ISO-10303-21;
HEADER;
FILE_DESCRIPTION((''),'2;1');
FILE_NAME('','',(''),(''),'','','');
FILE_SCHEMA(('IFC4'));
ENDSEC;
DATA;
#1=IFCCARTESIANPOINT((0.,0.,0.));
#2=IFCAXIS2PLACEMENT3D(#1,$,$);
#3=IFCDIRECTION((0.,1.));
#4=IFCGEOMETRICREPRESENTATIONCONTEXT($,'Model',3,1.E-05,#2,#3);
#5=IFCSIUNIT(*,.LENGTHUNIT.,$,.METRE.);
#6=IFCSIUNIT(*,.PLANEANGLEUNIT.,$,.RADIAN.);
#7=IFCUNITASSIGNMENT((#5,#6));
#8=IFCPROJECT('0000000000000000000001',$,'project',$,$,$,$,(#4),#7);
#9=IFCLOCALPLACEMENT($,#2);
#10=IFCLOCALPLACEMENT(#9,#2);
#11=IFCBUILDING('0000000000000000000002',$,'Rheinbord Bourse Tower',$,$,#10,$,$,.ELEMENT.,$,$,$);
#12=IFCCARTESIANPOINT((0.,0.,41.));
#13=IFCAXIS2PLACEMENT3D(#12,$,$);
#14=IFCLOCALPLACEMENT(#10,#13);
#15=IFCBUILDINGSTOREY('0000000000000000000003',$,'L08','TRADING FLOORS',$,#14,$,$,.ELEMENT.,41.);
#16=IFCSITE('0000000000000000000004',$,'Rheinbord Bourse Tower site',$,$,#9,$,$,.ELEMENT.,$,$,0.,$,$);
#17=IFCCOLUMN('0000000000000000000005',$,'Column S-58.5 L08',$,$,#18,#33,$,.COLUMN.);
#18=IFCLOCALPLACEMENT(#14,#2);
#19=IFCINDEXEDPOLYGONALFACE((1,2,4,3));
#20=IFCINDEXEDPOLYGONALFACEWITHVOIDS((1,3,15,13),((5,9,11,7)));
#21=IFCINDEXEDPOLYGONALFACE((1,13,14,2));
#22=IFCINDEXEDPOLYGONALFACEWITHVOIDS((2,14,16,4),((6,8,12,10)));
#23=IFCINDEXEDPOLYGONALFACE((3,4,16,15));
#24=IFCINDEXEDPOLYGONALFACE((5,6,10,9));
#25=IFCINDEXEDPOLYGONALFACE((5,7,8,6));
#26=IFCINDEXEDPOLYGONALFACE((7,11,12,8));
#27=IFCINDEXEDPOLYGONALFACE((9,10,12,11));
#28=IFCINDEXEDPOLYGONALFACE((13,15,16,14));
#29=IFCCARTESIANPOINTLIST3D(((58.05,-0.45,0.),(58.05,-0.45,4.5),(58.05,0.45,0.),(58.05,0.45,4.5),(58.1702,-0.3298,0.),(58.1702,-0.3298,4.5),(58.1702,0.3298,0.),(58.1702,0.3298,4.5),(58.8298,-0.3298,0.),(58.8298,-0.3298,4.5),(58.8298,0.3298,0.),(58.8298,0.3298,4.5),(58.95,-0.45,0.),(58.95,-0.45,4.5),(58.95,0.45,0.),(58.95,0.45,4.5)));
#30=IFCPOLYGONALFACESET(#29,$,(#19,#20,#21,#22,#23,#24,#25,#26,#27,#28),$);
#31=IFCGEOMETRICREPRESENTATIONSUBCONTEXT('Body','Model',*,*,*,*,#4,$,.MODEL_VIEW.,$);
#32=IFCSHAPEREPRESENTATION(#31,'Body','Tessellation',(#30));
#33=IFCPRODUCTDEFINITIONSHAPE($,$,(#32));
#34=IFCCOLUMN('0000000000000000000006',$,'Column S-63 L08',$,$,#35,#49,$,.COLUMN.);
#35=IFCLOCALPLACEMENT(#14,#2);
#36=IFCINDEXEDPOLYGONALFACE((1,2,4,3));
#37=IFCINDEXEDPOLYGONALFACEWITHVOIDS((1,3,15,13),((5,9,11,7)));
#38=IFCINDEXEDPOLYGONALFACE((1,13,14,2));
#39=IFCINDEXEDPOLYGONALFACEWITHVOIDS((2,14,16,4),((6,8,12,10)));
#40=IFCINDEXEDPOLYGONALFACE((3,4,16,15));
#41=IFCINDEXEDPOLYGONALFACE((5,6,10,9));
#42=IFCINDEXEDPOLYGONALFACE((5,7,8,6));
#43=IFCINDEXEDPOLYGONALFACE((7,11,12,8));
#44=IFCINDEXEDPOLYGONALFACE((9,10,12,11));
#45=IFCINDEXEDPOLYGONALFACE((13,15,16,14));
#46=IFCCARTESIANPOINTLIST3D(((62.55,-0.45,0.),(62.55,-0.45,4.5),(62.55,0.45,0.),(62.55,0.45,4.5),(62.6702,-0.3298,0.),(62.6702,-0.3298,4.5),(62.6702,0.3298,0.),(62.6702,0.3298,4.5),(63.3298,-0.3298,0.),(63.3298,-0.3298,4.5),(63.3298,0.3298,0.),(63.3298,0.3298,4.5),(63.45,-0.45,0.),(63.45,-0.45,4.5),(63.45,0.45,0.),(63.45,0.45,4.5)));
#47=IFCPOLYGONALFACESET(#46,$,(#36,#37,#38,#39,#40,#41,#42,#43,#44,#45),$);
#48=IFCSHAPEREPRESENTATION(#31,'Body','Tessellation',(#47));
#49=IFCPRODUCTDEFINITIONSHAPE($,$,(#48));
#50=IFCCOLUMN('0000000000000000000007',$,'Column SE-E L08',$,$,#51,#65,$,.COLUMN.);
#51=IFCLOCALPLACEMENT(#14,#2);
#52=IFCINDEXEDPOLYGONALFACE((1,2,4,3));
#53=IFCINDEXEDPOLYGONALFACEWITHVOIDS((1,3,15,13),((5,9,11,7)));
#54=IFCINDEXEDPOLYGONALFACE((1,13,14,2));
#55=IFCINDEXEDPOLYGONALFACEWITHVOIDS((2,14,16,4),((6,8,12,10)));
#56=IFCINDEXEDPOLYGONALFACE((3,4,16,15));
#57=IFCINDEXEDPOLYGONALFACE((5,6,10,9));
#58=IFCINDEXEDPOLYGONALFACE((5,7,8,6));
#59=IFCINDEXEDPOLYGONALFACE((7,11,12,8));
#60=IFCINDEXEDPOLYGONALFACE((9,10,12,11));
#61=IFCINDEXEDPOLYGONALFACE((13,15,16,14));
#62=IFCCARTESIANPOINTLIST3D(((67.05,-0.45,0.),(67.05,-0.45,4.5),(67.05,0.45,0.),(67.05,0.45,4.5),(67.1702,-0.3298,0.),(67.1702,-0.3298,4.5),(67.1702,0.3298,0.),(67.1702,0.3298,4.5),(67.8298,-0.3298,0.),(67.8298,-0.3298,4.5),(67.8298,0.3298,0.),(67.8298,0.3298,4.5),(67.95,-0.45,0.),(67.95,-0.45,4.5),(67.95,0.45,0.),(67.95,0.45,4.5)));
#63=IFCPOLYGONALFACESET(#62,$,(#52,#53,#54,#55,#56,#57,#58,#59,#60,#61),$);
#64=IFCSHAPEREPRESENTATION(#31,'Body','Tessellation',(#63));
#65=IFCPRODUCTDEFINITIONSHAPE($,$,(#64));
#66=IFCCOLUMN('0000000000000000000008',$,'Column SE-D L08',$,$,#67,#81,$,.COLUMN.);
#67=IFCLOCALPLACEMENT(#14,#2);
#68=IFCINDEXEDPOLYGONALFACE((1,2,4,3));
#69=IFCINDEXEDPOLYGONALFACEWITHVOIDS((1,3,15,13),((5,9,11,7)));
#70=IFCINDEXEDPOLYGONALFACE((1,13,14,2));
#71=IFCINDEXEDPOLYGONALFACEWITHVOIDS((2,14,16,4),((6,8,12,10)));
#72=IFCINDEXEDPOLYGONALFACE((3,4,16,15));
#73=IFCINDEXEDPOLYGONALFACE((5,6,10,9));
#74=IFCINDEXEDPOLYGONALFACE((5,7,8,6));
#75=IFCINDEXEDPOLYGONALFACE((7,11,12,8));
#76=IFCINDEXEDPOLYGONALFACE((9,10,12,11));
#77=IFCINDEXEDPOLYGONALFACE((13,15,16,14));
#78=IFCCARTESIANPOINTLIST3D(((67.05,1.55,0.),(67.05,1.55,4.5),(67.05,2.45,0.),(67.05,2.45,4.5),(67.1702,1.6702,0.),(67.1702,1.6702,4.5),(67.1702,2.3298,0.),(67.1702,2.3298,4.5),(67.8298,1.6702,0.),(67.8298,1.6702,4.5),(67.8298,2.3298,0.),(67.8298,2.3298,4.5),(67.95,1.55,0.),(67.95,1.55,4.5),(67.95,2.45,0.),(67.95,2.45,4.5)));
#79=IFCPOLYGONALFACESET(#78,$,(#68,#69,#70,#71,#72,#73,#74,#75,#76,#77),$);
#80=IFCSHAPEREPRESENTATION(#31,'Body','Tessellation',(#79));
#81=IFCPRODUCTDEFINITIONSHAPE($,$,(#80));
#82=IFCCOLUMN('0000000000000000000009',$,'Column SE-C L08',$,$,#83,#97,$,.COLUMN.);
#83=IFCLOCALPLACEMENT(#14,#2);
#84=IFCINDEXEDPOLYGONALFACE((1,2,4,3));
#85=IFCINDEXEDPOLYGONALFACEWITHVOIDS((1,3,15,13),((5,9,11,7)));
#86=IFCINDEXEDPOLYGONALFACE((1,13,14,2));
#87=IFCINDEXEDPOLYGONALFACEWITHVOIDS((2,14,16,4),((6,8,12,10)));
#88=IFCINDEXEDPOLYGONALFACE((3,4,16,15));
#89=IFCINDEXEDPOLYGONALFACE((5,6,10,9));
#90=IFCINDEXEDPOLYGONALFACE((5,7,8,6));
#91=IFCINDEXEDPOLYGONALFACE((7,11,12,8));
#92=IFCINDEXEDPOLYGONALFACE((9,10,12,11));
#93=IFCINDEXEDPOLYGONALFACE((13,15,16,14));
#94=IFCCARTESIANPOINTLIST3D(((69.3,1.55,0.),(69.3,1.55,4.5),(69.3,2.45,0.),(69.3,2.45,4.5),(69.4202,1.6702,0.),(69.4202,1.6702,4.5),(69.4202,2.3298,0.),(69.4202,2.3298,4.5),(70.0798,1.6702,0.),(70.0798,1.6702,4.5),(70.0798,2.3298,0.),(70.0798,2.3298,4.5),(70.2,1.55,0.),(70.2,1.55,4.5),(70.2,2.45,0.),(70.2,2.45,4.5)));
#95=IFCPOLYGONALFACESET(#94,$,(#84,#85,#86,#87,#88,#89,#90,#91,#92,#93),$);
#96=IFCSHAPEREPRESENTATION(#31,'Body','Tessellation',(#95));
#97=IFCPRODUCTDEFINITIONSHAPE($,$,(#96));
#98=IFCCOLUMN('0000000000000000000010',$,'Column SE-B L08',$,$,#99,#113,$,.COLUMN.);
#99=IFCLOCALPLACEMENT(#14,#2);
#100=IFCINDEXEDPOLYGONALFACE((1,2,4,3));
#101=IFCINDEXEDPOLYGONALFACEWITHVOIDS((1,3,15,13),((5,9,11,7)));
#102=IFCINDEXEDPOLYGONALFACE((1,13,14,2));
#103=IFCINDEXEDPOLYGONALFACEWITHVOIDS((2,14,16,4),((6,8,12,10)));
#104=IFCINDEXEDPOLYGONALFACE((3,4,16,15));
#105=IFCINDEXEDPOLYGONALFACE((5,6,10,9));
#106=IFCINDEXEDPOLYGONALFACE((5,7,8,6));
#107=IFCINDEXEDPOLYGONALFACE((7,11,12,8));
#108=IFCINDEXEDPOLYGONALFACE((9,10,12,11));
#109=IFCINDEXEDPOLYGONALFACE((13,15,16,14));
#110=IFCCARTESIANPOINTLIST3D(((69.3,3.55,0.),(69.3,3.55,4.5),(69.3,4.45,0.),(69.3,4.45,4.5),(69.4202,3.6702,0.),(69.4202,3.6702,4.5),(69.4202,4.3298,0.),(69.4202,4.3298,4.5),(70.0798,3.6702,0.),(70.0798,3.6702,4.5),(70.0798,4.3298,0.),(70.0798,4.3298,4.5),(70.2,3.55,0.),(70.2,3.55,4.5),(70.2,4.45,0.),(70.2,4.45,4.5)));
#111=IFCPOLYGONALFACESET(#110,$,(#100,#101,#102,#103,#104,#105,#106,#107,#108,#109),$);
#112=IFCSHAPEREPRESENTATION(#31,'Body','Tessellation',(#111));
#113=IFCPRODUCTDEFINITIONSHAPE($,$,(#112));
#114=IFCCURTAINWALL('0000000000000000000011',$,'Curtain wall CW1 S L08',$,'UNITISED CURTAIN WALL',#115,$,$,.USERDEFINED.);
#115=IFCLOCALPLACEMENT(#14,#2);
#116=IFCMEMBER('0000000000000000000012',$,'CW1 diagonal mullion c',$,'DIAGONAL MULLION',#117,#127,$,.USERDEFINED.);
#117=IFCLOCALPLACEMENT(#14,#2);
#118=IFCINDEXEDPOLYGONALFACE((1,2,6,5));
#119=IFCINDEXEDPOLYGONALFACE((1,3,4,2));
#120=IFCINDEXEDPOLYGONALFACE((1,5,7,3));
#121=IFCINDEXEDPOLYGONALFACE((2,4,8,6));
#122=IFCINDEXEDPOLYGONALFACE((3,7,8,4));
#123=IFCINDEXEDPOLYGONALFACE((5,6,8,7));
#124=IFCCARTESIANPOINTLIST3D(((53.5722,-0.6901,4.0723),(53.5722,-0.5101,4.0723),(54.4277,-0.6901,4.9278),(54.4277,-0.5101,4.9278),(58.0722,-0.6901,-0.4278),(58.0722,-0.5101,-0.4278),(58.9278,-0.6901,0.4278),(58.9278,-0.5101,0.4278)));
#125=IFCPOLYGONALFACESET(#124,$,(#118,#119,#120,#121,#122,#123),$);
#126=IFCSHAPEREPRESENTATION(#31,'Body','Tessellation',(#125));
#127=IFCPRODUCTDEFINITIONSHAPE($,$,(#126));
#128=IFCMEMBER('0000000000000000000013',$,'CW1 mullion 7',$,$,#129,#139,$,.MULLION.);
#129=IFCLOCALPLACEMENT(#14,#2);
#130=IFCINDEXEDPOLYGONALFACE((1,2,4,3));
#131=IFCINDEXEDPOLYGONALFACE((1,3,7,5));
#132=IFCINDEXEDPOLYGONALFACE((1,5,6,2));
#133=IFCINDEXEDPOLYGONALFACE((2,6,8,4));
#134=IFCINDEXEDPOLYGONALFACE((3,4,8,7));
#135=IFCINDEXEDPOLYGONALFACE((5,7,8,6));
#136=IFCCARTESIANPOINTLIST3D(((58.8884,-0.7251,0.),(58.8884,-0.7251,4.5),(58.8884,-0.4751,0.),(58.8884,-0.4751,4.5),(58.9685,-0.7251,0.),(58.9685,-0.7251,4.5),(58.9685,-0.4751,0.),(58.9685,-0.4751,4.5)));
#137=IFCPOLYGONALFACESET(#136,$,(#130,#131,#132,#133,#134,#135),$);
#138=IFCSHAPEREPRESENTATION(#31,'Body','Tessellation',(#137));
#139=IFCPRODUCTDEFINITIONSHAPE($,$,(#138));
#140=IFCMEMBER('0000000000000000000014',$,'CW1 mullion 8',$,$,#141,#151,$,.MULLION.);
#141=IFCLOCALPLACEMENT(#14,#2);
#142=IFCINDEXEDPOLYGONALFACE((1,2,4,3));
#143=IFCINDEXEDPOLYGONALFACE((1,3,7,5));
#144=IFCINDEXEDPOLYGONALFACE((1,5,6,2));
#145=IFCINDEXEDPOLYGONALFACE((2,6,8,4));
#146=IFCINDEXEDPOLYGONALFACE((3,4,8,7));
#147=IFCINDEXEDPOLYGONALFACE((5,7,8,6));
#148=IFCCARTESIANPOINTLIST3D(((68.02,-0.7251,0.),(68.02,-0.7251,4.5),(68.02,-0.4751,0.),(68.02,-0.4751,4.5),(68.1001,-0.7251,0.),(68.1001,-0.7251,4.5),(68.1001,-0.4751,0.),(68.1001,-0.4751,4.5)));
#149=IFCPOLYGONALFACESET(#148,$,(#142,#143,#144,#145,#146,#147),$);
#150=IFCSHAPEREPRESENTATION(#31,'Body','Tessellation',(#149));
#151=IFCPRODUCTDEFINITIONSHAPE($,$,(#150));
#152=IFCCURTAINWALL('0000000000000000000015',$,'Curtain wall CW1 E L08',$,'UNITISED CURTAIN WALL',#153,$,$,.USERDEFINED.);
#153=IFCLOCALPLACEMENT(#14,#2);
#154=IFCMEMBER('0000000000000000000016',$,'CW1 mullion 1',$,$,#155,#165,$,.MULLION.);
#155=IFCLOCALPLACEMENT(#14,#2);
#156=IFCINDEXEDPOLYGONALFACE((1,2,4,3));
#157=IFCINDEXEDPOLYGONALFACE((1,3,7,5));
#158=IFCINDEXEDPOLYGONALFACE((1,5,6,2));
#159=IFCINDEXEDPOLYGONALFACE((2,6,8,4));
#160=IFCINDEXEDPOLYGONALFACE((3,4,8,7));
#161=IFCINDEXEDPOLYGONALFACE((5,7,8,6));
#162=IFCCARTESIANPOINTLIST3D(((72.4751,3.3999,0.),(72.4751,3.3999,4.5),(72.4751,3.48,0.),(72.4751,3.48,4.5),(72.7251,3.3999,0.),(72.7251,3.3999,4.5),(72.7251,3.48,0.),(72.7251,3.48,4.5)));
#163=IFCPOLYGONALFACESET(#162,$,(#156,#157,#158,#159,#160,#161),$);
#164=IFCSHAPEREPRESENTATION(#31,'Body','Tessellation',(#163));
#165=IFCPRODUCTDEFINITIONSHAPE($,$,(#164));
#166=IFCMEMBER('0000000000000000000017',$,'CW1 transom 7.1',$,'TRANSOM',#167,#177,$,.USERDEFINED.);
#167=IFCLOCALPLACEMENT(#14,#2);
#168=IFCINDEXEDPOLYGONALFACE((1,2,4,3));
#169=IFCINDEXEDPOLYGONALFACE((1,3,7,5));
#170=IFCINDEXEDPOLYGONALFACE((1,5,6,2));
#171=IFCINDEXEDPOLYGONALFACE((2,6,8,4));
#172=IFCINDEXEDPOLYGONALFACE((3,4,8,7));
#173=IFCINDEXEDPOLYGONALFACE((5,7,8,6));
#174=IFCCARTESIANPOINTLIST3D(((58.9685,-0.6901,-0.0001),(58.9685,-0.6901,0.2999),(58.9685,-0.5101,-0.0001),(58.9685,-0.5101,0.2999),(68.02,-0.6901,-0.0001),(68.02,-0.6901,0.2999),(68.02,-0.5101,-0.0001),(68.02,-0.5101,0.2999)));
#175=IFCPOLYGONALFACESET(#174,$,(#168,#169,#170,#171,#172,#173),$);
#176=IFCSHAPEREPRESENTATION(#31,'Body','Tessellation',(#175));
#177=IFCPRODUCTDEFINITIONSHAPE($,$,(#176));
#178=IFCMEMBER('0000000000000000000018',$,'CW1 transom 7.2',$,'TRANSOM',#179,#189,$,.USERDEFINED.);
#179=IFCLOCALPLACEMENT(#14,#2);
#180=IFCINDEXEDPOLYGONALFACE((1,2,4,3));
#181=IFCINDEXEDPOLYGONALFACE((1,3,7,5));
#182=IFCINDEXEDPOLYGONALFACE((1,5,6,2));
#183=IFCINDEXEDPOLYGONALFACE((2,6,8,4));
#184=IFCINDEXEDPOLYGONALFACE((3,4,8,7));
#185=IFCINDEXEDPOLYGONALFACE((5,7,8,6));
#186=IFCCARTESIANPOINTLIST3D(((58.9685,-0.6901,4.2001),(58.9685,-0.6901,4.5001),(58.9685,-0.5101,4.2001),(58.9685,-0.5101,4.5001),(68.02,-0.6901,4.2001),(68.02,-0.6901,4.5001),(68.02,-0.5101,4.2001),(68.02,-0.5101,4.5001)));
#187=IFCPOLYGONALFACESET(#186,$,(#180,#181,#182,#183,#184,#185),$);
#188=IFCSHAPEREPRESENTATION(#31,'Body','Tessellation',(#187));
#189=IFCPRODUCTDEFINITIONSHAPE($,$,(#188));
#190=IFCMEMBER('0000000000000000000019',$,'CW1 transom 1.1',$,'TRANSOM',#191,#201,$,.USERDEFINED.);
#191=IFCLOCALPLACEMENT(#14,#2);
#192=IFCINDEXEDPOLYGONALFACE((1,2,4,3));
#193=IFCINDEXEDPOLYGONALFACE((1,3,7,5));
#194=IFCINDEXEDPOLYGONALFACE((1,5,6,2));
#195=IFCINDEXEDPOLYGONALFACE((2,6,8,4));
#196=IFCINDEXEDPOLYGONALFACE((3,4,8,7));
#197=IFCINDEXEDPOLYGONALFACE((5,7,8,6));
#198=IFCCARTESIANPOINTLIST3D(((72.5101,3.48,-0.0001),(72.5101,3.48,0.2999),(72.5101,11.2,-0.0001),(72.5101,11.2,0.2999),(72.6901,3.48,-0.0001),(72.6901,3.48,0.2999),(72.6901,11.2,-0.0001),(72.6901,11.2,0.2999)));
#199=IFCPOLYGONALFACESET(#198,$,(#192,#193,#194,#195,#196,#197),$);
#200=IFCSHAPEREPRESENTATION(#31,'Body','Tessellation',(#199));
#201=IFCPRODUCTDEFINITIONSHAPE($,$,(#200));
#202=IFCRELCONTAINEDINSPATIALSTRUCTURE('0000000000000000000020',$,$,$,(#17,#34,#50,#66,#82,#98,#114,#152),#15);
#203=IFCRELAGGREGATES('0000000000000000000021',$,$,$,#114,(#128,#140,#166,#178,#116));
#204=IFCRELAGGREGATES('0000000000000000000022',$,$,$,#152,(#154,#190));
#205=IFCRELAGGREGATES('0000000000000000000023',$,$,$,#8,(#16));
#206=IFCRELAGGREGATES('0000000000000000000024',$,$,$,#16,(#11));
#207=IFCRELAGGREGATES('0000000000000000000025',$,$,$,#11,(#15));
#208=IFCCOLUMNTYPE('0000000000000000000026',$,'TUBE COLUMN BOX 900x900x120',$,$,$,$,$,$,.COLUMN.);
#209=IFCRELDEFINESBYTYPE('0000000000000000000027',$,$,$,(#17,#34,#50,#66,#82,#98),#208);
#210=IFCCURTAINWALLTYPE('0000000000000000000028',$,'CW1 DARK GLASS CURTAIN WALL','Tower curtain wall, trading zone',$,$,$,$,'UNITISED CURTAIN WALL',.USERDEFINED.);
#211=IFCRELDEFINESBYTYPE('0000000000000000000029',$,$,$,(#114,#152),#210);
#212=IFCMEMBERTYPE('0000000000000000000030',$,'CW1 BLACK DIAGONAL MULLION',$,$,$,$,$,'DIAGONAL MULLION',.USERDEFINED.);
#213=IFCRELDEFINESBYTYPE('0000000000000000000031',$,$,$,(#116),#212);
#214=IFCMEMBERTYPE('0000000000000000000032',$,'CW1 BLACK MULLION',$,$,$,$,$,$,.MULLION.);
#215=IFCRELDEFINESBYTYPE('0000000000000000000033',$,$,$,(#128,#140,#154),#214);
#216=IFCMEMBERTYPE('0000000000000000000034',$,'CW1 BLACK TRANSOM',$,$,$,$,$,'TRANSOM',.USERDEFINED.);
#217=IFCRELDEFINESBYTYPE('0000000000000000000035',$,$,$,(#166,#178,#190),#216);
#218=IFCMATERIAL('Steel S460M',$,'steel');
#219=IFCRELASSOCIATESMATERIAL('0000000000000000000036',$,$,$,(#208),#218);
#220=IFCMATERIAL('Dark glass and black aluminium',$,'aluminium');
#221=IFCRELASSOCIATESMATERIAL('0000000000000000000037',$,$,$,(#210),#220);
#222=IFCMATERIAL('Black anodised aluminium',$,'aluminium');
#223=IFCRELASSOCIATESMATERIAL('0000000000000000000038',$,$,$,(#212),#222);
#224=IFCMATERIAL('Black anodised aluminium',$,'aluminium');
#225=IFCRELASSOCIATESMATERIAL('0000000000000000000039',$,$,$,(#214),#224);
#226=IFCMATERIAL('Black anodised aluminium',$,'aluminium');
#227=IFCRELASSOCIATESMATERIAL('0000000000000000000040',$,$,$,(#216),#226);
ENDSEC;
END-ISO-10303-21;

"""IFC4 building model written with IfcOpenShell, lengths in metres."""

from ifc_helpers import new_model, si_unit, direction, frame, origin, origin_2d, place, context, subcontext, project, spatial, rectangle, hollow_rectangle, extrude, material, material_profile, profile_set, type_object, element, aggregate, save


model = new_model("IFC4")

# Units and contexts
model_context = context("Model", 3, precision=1e-05, world=origin(), true_north=direction((0.0, 1.0)))
body_context = subcontext(model_context, "Body", "Model", "MODEL_VIEW")
ifc_project = project(units=[si_unit("LENGTHUNIT", "METRE"), si_unit("PLANEANGLEUNIT", "RADIAN")], contexts=[model_context])

# Site, building, storey
site_placement = place(None, origin())
site = spatial("IfcSite", under=ifc_project, at=site_placement, Name="Rheinbord Bourse Tower site", CompositionType="ELEMENT", RefElevation=0.0)
building_placement = place(site_placement, origin())
building = spatial("IfcBuilding", under=site, at=building_placement, Name="Rheinbord Bourse Tower", CompositionType="ELEMENT")
storey_placement = place(building_placement, frame((0.0, 0.0, 41.0)))
storey = spatial("IfcBuildingStorey", under=building, at=storey_placement, Name="L08", Description="TRADING FLOORS", CompositionType="ELEMENT", Elevation=41.0)

# Columns
ifc_material_1 = material(Name="Steel S460M", Category="steel")
ifc_material_profile_1 = material_profile(ifc_material_1, hollow_rectangle(XDim=0.8999, YDim=0.8999, WallThickness=0.1201, at=origin_2d()), Name="BOX 900x900x120")
ifc_profile_set_1 = profile_set([ifc_material_profile_1], Name="Steel S460M")
column_type = type_object("IfcColumnType", Name="TUBE COLUMN BOX 900x900x120", PredefinedType="COLUMN", material=ifc_profile_set_1)
for number, where, z_axis, x_axis, name in (
    (1, (58.5, 0.0, 0.0), (0.0, 0.0, 1.0), (0.0, 1.0, 0.0), "Column S-58.5 L08"),
    (2, (63.0, 0.0, 0.0), (0.0, 0.0, 1.0), (0.0, 1.0, 0.0), "Column S-63 L08"),
    (3, (67.5, 0.0, 0.0), (0.0, 0.0, 1.0), (0.0, 1.0, 0.0), "Column SE-E L08"),
    (4, (67.5, 2.0, 0.0), (0.0, 0.0, 1.0), (0.0, 1.0, 0.0), "Column SE-D L08"),
    (5, (69.75, 2.0, 0.0), (0.0, 0.0, 1.0), (1.0, 0.0, 0.0), "Column SE-C L08"),
    (6, (69.75, 4.0, 0.0), (0.0, 0.0, 1.0), (1.0, 0.0, 0.0), "Column SE-B L08"),
):
    element("IfcColumn", number, at=place(storey_placement, frame(where, z_axis=z_axis, x_axis=x_axis)), inside=storey, type_object=column_type, Name=name, PredefinedType="COLUMN", context=body_context, shape_type="SweptSolid", body=[
        extrude(hollow_rectangle(XDim=0.8999, YDim=0.8999, WallThickness=0.1201, at=origin_2d()), origin(), (0.0, 0.0, 1.0), 4.5),
    ])

# Curtain wall, members
ifc_material_2 = material(Name="Dark glass and black aluminium", Category="aluminium")
curtain_wall_type = type_object("IfcCurtainWallType", Name="CW1 DARK GLASS CURTAIN WALL", Description="Tower curtain wall, trading zone", ElementType="UNITISED CURTAIN WALL", PredefinedType="USERDEFINED", material=ifc_material_2)
curtain_wall_1_placement = place(storey_placement, origin())
curtain_wall_1 = element("IfcCurtainWall", 7, at=curtain_wall_1_placement, inside=storey, type_object=curtain_wall_type, Name="Curtain wall CW1 S L08", ObjectType="UNITISED CURTAIN WALL", PredefinedType="USERDEFINED")
ifc_material_3 = material(Name="Black anodised aluminium", Category="aluminium")
ifc_material_profile_2 = material_profile(ifc_material_3, rectangle(XDim=0.1799, YDim=1.21, at=origin_2d()), Name="CW1 DIAGONAL MULLION 1210x180")
ifc_profile_set_2 = profile_set([ifc_material_profile_2], Name="Black anodised aluminium")
member_type_1 = type_object("IfcMemberType", Name="CW1 BLACK DIAGONAL MULLION", ElementType="DIAGONAL MULLION", PredefinedType="USERDEFINED", material=ifc_profile_set_2)
member_1_placement = place(storey_placement, frame((58.5, -0.6001, 0.0), z_axis=(-0.707107, 0.0, 0.707107), x_axis=(0.0, -1.0, 0.0)))
member_1 = element("IfcMember", 8, at=member_1_placement, type_object=member_type_1, Name="CW1 diagonal mullion c", ObjectType="DIAGONAL MULLION", PredefinedType="USERDEFINED", context=body_context, shape_type="SweptSolid", body=[
    extrude(rectangle(XDim=0.1799, YDim=1.21, at=origin_2d()), origin(), (0.0, 0.0, 1.0), 6.364),
])
ifc_material_4 = material(Name="Black anodised aluminium", Category="aluminium")
ifc_material_profile_3 = material_profile(ifc_material_4, rectangle(XDim=0.25, YDim=0.0801, at=origin_2d()), Name="CW1 MULLION 80x250")
ifc_profile_set_3 = profile_set([ifc_material_profile_3], Name="Black anodised aluminium")
member_type_2 = type_object("IfcMemberType", Name="CW1 BLACK MULLION", PredefinedType="MULLION", material=ifc_profile_set_3)
member_2_placement = place(storey_placement, frame((58.9285, -0.6001, 0.0), z_axis=(0.0, 0.0, 1.0), x_axis=(0.0, 1.0, 0.0)))
member_2 = element("IfcMember", 9, at=member_2_placement, type_object=member_type_2, Name="CW1 mullion 7", PredefinedType="MULLION", context=body_context, shape_type="SweptSolid", body=[
    extrude(rectangle(XDim=0.25, YDim=0.0801, at=origin_2d()), origin(), (0.0, 0.0, 1.0), 4.5),
])
member_3_placement = place(storey_placement, frame((68.0601, -0.6001, 0.0), z_axis=(0.0, 0.0, 1.0), x_axis=(0.0, 1.0, 0.0)))
member_3 = element("IfcMember", 10, at=member_3_placement, type_object=member_type_2, Name="CW1 mullion 8", PredefinedType="MULLION", context=body_context, shape_type="SweptSolid", body=[
    extrude(rectangle(XDim=0.25, YDim=0.0801, at=origin_2d()), origin(), (0.0, 0.0, 1.0), 4.5),
])

# Curtain wall, member
curtain_wall_2_placement = place(storey_placement, origin())
curtain_wall_2 = element("IfcCurtainWall", 11, at=curtain_wall_2_placement, inside=storey, type_object=curtain_wall_type, Name="Curtain wall CW1 E L08", ObjectType="UNITISED CURTAIN WALL", PredefinedType="USERDEFINED")
member_4_placement = place(storey_placement, frame((72.6001, 3.4399, 0.0), z_axis=(0.0, 0.0, 1.0), x_axis=(-1.0, 0.0, 0.0)))
member_4 = element("IfcMember", 12, at=member_4_placement, type_object=member_type_2, Name="CW1 mullion 1", PredefinedType="MULLION", context=body_context, shape_type="SweptSolid", body=[
    extrude(rectangle(XDim=0.25, YDim=0.0801, at=origin_2d()), origin(), (0.0, 0.0, 1.0), 4.5),
])

# Members
ifc_material_5 = material(Name="Black anodised aluminium", Category="aluminium")
ifc_material_profile_4 = material_profile(ifc_material_5, rectangle(XDim=0.1799, YDim=0.3, at=origin_2d()), Name="CW1 TRANSOM 300x180")
ifc_profile_set_4 = profile_set([ifc_material_profile_4], Name="Black anodised aluminium")
member_type_3 = type_object("IfcMemberType", Name="CW1 BLACK TRANSOM", ElementType="TRANSOM", PredefinedType="USERDEFINED", material=ifc_profile_set_4)
member_5_placement = place(storey_placement, frame((58.9685, -0.6001, 0.1499), z_axis=(1.0, 0.0, 0.0), x_axis=(0.0, 1.0, 0.0)))
member_5 = element("IfcMember", 13, at=member_5_placement, type_object=member_type_3, Name="CW1 transom 7.1", ObjectType="TRANSOM", PredefinedType="USERDEFINED", context=body_context, shape_type="SweptSolid", body=[
    extrude(rectangle(XDim=0.1799, YDim=0.3, at=origin_2d()), origin(), (0.0, 0.0, 1.0), 9.0515),
])
member_6_placement = place(storey_placement, frame((58.9685, -0.6001, 4.3501), z_axis=(1.0, 0.0, 0.0), x_axis=(0.0, 1.0, 0.0)))
member_6 = element("IfcMember", 14, at=member_6_placement, type_object=member_type_3, Name="CW1 transom 7.2", ObjectType="TRANSOM", PredefinedType="USERDEFINED", context=body_context, shape_type="SweptSolid", body=[
    extrude(rectangle(XDim=0.1799, YDim=0.3, at=origin_2d()), origin(), (0.0, 0.0, 1.0), 9.0515),
])
member_7_placement = place(storey_placement, frame((72.6001, 3.48, 0.1499), z_axis=(0.0, 1.0, 0.0), x_axis=(-1.0, 0.0, 0.0)))
member_7 = element("IfcMember", 15, at=member_7_placement, type_object=member_type_3, Name="CW1 transom 1.1", ObjectType="TRANSOM", PredefinedType="USERDEFINED", context=body_context, shape_type="SweptSolid", body=[
    extrude(rectangle(XDim=0.1799, YDim=0.3, at=origin_2d()), origin(), (0.0, 0.0, 1.0), 7.72),
])

aggregate(curtain_wall_1, [member_2, member_3, member_5, member_6, member_1])
aggregate(curtain_wall_2, [member_4, member_7])

save(model, "model.ifc")
